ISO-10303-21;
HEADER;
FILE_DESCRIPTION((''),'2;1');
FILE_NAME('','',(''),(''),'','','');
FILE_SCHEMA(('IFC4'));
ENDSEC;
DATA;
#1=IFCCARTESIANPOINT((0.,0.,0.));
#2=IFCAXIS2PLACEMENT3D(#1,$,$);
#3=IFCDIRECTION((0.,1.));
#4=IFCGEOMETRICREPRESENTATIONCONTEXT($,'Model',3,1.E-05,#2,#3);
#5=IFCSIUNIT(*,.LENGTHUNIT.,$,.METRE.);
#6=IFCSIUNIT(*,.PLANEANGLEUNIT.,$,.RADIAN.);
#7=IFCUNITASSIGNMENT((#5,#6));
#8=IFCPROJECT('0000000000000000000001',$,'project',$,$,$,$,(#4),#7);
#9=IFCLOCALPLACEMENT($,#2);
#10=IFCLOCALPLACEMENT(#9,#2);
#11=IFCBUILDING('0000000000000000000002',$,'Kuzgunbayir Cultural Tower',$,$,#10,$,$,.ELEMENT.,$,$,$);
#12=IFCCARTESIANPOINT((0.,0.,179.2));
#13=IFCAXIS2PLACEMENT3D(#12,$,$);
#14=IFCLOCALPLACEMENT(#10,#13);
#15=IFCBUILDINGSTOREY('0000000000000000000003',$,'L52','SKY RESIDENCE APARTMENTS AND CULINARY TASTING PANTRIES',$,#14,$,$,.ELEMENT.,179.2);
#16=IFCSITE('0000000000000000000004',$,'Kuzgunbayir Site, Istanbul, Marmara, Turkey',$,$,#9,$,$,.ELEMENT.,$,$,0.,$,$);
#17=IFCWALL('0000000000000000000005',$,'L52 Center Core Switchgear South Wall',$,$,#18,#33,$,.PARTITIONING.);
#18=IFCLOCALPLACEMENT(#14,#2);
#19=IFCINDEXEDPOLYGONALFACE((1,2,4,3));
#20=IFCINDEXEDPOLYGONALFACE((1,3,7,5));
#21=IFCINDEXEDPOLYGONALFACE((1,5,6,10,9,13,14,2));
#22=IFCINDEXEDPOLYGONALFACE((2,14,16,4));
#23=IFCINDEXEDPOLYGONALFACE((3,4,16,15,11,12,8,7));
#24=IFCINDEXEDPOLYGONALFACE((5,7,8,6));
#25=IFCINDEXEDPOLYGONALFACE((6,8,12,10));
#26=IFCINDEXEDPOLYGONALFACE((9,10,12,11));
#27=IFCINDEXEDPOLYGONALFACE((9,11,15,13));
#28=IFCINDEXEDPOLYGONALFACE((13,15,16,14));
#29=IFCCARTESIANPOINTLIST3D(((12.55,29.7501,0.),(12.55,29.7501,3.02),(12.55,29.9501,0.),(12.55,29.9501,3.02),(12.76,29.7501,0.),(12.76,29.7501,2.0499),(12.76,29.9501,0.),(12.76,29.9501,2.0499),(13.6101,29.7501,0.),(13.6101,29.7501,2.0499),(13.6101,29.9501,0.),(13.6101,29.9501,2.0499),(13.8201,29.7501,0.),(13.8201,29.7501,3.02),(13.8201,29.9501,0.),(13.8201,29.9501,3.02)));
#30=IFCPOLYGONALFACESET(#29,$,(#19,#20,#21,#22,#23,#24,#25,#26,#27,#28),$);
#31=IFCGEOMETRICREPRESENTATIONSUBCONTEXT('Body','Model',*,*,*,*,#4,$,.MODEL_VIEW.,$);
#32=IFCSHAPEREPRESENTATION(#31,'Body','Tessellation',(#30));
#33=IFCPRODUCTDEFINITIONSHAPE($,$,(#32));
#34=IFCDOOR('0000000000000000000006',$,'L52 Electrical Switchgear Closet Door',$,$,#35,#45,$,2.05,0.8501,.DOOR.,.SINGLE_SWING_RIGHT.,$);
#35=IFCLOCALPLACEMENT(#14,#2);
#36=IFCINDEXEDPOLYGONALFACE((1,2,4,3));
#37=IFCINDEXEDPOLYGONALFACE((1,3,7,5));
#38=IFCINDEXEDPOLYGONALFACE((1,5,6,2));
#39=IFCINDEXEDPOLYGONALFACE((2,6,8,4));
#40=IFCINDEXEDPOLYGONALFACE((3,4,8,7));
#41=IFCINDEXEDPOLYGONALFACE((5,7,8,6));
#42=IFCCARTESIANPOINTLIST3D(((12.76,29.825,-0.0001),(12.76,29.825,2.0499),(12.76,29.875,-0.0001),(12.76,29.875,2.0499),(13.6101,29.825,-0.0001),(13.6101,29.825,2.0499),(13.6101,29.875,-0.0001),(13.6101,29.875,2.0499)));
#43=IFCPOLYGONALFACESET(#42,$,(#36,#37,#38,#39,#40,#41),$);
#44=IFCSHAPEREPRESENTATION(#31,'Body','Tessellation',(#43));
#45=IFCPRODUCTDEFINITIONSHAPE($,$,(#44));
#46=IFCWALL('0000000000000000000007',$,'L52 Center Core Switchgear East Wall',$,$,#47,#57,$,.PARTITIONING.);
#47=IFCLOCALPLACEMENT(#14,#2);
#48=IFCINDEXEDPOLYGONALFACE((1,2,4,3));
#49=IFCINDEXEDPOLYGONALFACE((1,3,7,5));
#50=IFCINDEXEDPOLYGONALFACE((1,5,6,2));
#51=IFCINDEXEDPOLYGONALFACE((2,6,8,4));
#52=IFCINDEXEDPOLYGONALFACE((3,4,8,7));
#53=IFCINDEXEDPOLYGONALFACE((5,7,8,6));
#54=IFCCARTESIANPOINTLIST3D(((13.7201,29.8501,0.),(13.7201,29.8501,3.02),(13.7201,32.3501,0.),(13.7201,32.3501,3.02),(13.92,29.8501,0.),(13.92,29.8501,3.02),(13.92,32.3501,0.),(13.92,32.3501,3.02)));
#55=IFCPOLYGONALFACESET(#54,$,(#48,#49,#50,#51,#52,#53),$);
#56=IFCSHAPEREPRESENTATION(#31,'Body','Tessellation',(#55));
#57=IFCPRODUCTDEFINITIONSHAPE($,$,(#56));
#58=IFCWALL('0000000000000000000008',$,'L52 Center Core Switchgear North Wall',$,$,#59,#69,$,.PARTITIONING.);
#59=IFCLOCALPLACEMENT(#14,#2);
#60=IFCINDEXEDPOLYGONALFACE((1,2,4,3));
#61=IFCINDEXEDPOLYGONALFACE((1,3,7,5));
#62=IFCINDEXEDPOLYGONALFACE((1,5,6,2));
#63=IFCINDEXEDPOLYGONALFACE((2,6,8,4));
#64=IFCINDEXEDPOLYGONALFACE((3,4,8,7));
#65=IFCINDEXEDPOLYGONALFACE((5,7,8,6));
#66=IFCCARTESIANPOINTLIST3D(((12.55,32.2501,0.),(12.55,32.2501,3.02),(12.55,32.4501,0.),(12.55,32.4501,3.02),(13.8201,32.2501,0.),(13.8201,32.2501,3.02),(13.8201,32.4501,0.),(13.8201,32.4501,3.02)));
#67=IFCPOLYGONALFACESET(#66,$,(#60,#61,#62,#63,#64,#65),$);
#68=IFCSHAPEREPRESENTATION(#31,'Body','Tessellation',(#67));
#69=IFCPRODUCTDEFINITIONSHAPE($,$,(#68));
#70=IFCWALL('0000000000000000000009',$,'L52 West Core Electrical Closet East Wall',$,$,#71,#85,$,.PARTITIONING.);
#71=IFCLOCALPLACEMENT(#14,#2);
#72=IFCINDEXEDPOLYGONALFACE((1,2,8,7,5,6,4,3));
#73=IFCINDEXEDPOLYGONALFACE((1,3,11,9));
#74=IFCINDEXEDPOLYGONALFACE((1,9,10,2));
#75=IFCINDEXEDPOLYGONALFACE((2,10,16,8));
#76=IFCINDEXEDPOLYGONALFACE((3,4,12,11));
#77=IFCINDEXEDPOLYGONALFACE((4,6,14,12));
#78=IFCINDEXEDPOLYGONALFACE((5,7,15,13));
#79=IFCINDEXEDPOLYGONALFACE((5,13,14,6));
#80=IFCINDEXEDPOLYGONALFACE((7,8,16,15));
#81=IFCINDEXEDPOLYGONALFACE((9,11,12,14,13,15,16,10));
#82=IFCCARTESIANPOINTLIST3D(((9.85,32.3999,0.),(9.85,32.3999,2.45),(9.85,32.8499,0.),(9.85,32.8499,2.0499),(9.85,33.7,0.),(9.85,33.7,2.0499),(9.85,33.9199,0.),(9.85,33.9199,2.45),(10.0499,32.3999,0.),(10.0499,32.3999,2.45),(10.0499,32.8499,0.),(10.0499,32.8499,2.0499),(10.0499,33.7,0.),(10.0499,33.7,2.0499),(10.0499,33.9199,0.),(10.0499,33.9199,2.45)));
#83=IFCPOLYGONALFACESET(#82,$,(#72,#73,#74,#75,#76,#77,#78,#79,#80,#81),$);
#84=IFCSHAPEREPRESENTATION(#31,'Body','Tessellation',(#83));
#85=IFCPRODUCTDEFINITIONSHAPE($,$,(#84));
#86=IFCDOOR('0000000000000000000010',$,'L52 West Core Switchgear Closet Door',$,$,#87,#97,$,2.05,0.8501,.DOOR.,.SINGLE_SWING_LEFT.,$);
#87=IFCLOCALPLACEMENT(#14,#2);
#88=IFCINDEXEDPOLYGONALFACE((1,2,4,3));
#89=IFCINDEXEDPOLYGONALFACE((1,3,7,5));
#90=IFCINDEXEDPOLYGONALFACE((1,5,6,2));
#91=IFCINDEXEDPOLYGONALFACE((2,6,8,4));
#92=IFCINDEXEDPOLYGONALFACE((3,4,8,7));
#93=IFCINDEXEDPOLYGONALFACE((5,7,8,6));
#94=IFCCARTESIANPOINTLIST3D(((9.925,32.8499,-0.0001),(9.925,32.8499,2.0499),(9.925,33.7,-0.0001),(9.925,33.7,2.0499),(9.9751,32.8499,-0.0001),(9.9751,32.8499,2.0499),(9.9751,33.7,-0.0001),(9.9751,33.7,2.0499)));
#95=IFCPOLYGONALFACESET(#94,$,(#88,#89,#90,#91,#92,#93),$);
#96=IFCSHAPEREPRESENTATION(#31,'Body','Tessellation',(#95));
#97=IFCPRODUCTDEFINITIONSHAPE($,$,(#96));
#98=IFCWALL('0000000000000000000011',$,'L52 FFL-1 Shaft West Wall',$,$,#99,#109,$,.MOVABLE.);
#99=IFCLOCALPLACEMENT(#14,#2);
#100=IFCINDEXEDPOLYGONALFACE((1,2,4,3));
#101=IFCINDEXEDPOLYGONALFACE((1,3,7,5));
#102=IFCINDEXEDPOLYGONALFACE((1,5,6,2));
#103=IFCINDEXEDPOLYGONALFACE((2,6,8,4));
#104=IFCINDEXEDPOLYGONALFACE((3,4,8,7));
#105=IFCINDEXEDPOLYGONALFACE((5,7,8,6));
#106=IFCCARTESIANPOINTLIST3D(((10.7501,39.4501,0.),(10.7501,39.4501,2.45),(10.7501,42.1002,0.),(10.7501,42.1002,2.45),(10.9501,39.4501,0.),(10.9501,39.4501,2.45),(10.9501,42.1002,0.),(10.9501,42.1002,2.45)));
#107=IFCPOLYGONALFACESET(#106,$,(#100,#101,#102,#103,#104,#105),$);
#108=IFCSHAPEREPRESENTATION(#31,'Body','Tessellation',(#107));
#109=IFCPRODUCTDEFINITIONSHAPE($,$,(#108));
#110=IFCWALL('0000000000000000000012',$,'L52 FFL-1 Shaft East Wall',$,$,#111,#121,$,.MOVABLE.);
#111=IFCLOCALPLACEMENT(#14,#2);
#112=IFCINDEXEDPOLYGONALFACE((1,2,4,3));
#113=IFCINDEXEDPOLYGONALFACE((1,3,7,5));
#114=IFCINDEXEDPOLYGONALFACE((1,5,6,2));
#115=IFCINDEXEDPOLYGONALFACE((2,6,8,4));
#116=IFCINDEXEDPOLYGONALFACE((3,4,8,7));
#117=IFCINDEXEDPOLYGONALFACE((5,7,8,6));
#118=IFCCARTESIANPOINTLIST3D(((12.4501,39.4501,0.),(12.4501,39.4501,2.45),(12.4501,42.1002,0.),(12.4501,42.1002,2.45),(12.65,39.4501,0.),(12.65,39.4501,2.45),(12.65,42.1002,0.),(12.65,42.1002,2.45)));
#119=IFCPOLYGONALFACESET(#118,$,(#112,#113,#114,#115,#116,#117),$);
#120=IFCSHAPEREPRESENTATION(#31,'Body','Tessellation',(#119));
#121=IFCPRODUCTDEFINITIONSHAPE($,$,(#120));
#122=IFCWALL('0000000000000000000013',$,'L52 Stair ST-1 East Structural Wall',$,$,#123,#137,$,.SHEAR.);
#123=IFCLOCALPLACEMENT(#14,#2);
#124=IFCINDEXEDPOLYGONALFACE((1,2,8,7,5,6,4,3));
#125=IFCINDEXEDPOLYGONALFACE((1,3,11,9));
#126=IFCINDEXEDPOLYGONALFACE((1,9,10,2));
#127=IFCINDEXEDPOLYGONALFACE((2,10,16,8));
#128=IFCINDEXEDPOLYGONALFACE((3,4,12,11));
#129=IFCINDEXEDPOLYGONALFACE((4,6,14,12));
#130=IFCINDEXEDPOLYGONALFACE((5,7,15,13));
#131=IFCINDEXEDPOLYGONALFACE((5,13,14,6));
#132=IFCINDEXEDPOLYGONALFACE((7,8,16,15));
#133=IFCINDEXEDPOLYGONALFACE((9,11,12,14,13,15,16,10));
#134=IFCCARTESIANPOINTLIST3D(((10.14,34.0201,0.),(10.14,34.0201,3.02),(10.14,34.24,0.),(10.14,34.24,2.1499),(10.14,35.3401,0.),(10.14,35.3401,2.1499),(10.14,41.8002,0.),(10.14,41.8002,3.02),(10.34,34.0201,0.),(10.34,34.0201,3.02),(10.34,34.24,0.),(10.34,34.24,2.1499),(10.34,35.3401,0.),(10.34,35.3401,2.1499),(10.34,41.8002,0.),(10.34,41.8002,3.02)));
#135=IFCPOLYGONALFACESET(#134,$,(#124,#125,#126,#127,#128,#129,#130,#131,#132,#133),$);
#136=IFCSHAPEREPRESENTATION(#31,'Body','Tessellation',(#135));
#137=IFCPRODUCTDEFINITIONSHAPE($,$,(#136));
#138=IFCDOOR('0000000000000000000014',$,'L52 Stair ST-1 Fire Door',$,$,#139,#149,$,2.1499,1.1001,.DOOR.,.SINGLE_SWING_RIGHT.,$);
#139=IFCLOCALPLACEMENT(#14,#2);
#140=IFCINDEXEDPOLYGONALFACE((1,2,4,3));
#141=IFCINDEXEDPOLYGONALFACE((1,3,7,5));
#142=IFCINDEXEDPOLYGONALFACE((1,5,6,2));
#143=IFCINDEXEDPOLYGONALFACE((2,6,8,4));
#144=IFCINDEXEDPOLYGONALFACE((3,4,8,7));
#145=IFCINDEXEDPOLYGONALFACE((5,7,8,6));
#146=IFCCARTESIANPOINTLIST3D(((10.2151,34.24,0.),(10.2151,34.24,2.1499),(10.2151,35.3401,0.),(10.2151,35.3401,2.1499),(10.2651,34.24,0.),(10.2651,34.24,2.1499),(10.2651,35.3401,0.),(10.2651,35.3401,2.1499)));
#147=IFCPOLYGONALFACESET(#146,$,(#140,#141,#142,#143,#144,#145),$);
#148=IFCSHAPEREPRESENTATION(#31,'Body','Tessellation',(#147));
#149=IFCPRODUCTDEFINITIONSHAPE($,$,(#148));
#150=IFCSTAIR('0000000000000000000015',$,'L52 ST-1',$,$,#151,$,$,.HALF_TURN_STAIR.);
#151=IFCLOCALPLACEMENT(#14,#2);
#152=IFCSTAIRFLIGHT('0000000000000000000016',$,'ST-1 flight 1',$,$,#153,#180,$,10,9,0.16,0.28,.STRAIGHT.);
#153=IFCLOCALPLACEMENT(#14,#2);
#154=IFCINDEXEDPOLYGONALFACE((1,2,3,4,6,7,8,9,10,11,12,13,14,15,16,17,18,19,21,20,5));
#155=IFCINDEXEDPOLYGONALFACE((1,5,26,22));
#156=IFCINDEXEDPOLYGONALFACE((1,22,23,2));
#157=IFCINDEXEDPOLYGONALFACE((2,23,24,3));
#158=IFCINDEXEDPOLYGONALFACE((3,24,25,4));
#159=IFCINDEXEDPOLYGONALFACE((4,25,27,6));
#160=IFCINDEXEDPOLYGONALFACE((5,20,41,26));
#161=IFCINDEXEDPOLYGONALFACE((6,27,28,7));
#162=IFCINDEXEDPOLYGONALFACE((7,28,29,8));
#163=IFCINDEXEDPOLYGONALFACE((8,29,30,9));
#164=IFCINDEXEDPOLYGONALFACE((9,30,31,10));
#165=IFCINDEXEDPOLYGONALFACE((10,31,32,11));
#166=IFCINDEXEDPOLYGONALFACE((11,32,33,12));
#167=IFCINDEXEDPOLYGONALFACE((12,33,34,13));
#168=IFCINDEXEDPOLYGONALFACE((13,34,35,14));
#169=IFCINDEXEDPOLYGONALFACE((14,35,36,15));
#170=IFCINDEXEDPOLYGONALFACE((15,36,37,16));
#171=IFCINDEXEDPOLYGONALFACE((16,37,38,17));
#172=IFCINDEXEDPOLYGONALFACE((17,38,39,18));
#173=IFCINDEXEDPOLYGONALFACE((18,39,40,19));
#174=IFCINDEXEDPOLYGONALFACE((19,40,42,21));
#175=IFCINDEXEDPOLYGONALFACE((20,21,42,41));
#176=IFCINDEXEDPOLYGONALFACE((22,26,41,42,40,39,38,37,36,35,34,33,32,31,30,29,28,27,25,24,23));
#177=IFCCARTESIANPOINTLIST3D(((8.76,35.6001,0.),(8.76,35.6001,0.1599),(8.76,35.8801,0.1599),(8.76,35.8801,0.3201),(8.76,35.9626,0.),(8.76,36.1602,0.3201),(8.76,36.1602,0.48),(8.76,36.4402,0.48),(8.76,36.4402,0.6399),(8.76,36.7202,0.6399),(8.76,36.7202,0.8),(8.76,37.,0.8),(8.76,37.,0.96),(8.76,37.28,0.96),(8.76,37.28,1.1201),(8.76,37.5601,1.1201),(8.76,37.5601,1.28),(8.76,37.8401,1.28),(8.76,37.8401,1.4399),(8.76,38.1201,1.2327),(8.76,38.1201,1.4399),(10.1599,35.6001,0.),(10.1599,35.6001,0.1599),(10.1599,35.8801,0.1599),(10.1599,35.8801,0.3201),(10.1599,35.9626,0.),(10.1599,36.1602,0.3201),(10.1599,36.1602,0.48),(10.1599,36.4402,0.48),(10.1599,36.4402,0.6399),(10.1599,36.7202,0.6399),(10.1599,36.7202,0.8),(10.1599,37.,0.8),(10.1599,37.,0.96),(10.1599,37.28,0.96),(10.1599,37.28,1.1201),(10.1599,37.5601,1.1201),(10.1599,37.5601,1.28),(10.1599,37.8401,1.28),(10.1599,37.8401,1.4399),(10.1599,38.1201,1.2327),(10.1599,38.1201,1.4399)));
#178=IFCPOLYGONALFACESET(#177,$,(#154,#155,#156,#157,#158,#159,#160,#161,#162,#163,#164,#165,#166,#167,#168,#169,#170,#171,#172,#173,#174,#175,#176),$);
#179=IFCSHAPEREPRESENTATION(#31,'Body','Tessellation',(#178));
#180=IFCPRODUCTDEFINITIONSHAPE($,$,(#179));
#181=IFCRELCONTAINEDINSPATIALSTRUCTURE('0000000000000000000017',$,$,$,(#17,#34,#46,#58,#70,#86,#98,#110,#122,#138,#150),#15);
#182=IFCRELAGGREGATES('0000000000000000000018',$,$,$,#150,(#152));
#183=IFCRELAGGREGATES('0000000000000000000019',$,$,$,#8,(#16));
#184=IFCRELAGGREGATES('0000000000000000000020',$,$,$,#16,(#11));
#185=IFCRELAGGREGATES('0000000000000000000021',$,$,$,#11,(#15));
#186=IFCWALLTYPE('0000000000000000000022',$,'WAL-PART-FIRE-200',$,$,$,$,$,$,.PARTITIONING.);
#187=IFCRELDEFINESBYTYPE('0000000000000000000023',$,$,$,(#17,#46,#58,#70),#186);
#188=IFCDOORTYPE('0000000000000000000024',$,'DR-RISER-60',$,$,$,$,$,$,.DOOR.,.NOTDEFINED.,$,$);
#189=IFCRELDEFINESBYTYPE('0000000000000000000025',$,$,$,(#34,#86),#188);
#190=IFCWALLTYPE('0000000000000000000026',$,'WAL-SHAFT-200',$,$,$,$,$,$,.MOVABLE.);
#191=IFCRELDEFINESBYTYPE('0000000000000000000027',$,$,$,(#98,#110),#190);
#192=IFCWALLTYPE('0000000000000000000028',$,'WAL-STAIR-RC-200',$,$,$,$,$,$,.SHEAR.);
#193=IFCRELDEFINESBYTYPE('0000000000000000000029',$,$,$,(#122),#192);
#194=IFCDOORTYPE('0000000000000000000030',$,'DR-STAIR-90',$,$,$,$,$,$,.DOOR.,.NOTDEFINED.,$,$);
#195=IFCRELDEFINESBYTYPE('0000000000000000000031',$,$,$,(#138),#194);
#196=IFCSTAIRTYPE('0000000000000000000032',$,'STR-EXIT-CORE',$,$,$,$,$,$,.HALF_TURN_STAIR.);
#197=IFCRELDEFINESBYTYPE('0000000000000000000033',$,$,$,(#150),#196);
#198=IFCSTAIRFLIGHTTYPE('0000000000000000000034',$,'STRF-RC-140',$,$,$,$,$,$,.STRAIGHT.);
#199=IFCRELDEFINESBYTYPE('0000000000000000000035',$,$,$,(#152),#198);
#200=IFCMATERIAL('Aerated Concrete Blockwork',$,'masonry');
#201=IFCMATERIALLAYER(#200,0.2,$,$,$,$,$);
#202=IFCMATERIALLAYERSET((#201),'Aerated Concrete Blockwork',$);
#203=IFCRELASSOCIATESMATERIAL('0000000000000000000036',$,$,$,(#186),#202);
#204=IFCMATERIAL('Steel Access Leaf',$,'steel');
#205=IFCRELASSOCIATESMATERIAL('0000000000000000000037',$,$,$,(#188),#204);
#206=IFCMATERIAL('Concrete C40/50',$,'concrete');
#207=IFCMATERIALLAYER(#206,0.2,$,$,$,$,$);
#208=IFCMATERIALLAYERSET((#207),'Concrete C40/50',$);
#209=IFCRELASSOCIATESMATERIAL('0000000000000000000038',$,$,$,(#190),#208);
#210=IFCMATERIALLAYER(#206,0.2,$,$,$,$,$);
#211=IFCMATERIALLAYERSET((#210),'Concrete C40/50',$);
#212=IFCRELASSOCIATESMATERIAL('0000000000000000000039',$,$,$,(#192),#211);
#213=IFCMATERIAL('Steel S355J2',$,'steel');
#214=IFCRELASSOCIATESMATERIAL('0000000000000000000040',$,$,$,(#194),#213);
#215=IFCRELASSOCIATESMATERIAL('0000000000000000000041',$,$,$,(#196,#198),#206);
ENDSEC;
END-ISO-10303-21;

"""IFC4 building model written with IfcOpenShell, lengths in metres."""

from ifc_helpers import new_model, si_unit, direction, frame, frame_2d, origin, place, context, subcontext, project, spatial, polyline, rectangle, outline, extrude, material, layer, layer_set, type_object, element, fill, aggregate, save


model = new_model("IFC4")

# Units and contexts
model_context = context("Model", 3, precision=1e-05, world=origin(), true_north=direction((0.0, 1.0)))
body_context = subcontext(model_context, "Body", "Model", "MODEL_VIEW")
ifc_project = project(units=[si_unit("LENGTHUNIT", "METRE"), si_unit("PLANEANGLEUNIT", "RADIAN")], contexts=[model_context])

# Site, building, storey
site_placement = place(None, origin())
site = spatial("IfcSite", under=ifc_project, at=site_placement, Name="Kuzgunbayir Site, Istanbul, Marmara, Turkey", CompositionType="ELEMENT", RefElevation=0.0)
building_placement = place(site_placement, origin())
building = spatial("IfcBuilding", under=site, at=building_placement, Name="Kuzgunbayir Cultural Tower", CompositionType="ELEMENT")
storey_placement = place(building_placement, frame((0.0, 0.0, 179.2)))
storey = spatial("IfcBuildingStorey", under=building, at=storey_placement, Name="L52", Description="SKY RESIDENCE APARTMENTS AND CULINARY TASTING PANTRIES", CompositionType="ELEMENT", Elevation=179.2)

# Shared definitions
ifc_material_1 = material(Name="Steel S355J2", Category="steel")

# Shared definitions
ifc_material_2 = material(Name="Aerated Concrete Blockwork", Category="masonry")
ifc_layer_1 = layer(ifc_material_2, 0.2)
ifc_layer_set_1 = layer_set([ifc_layer_1], Name="Aerated Concrete Blockwork")
wall_type_1 = type_object("IfcWallType", Name="WAL-PART-FIRE-200", PredefinedType="PARTITIONING", material=ifc_layer_set_1)

# Wall, opening, door
wall_1_placement = place(storey_placement, frame((12.55, 29.8501, 0.0), z_axis=(0.0, 0.0, 1.0), x_axis=(1.0, 0.0, 0.0)))
wall_1 = element("IfcWall", 1, at=wall_1_placement, inside=storey, type_object=wall_type_1, Name="L52 Center Core Switchgear South Wall", PredefinedType="PARTITIONING", context=body_context, shape_type="SweptSolid", body=[
    extrude(rectangle(XDim=1.27, YDim=0.2, at=frame_2d((0.635, 0.0))), origin(), (0.0, 0.0, 1.0), 3.02),
])
opening_1_placement = place(wall_1_placement, frame((0.21, 0.0, 0.0)))
opening_1 = element("IfcOpeningElement", 2, at=opening_1_placement, cuts=wall_1, PredefinedType="OPENING", context=body_context, shape_type="SweptSolid", body=[
    extrude(rectangle(XDim=0.8501, YDim=2.05, at=frame_2d((0.425, 1.0249))), frame((0.0, 0.1099, 0.0), z_axis=(0.0, -1.0, 0.0), x_axis=(1.0, 0.0, 0.0)), (0.0, 0.0, 1.0), 0.22),
])
ifc_material_3 = material(Name="Steel Access Leaf", Category="steel")
door_type_1 = type_object("IfcDoorType", Name="DR-RISER-60", OperationType="NOTDEFINED", PredefinedType="DOOR", material=ifc_material_3)
door_1_placement = place(opening_1_placement, origin())
door_1 = element("IfcDoor", 3, at=door_1_placement, inside=storey, type_object=door_type_1, Name="L52 Electrical Switchgear Closet Door", OperationType="SINGLE_SWING_RIGHT", OverallHeight=2.05, OverallWidth=0.8501, PredefinedType="DOOR", context=body_context, shape_type="SweptSolid", body=[
    extrude(rectangle(XDim=0.8501, YDim=2.05, at=frame_2d((0.425, 1.0249))), frame((0.0, 0.0249, 0.0), z_axis=(0.0, -1.0, 0.0), x_axis=(1.0, 0.0, 0.0)), (0.0, 0.0, 1.0), 0.05),
])
fill(opening_1, door_1)

# Walls
wall_2_placement = place(storey_placement, frame((13.8201, 29.8501, 0.0), z_axis=(0.0, 0.0, 1.0), x_axis=(0.0, 1.0, 0.0)))
element("IfcWall", 4, at=wall_2_placement, inside=storey, type_object=wall_type_1, Name="L52 Center Core Switchgear East Wall", PredefinedType="PARTITIONING", context=body_context, shape_type="SweptSolid", body=[
    extrude(rectangle(XDim=2.5, YDim=0.2, at=frame_2d((1.25, 0.0))), origin(), (0.0, 0.0, 1.0), 3.02),
])
wall_3_placement = place(storey_placement, frame((12.55, 32.3501, 0.0), z_axis=(0.0, 0.0, 1.0), x_axis=(1.0, 0.0, 0.0)))
element("IfcWall", 5, at=wall_3_placement, inside=storey, type_object=wall_type_1, Name="L52 Center Core Switchgear North Wall", PredefinedType="PARTITIONING", context=body_context, shape_type="SweptSolid", body=[
    extrude(rectangle(XDim=1.27, YDim=0.2, at=frame_2d((0.635, 0.0))), origin(), (0.0, 0.0, 1.0), 3.02),
])

# Wall, opening, door
wall_4_placement = place(storey_placement, frame((9.95, 32.3999, 0.0), z_axis=(0.0, 0.0, 1.0), x_axis=(0.0, 1.0, 0.0)))
wall_4 = element("IfcWall", 6, at=wall_4_placement, inside=storey, type_object=wall_type_1, Name="L52 West Core Electrical Closet East Wall", PredefinedType="PARTITIONING", context=body_context, shape_type="SweptSolid", body=[
    extrude(rectangle(XDim=1.52, YDim=0.2, at=frame_2d((0.76, 0.0))), origin(), (0.0, 0.0, 1.0), 2.45),
])
opening_2_placement = place(wall_4_placement, frame((0.45, 0.0, 0.0)))
opening_2 = element("IfcOpeningElement", 7, at=opening_2_placement, cuts=wall_4, PredefinedType="OPENING", context=body_context, shape_type="SweptSolid", body=[
    extrude(rectangle(XDim=0.8501, YDim=2.05, at=frame_2d((0.425, 1.0249))), frame((0.0, 0.1099, 0.0), z_axis=(0.0, -1.0, 0.0), x_axis=(1.0, 0.0, 0.0)), (0.0, 0.0, 1.0), 0.22),
])
door_2_placement = place(opening_2_placement, origin())
door_2 = element("IfcDoor", 8, at=door_2_placement, inside=storey, type_object=door_type_1, Name="L52 West Core Switchgear Closet Door", OperationType="SINGLE_SWING_LEFT", OverallHeight=2.05, OverallWidth=0.8501, PredefinedType="DOOR", context=body_context, shape_type="SweptSolid", body=[
    extrude(rectangle(XDim=0.8501, YDim=2.05, at=frame_2d((0.425, 1.0249))), frame((0.0, 0.0249, 0.0), z_axis=(0.0, -1.0, 0.0), x_axis=(1.0, 0.0, 0.0)), (0.0, 0.0, 1.0), 0.05),
])
fill(opening_2, door_2)
ifc_material_4 = material(Name="Concrete C40/50", Category="concrete")
ifc_layer_2 = layer(ifc_material_4, 0.2)
ifc_layer_set_2 = layer_set([ifc_layer_2], Name="Concrete C40/50")
wall_type_2 = type_object("IfcWallType", Name="WAL-SHAFT-200", PredefinedType="MOVABLE", material=ifc_layer_set_2)

# Walls
for number, where, z_axis, x_axis, name in (
    (9, (10.8501, 39.45, 0.0), (0.0, 0.0, 1.0), (0.0, 1.0, 0.0), "L52 FFL-1 Shaft West Wall"),
    (10, (12.55, 39.45, 0.0), (0.0, 0.0, 1.0), (0.0, 1.0, 0.0), "L52 FFL-1 Shaft East Wall"),
):
    element("IfcWall", number, at=place(storey_placement, frame(where, z_axis=z_axis, x_axis=x_axis)), inside=storey, type_object=wall_type_2, Name=name, PredefinedType="MOVABLE", context=body_context, shape_type="SweptSolid", body=[
        extrude(rectangle(XDim=2.6501, YDim=0.2, at=frame_2d((1.3252, 0.0))), origin(), (0.0, 0.0, 1.0), 2.45),
    ])

# Wall, opening, door
ifc_layer_3 = layer(ifc_material_4, 0.2)
ifc_layer_set_3 = layer_set([ifc_layer_3], Name="Concrete C40/50")
wall_type_3 = type_object("IfcWallType", Name="WAL-STAIR-RC-200", PredefinedType="SHEAR", material=ifc_layer_set_3)
wall_5_placement = place(storey_placement, frame((10.24, 34.02, 0.0), z_axis=(0.0, 0.0, 1.0), x_axis=(0.0, 1.0, 0.0)))
wall_5 = element("IfcWall", 11, at=wall_5_placement, inside=storey, type_object=wall_type_3, Name="L52 Stair ST-1 East Structural Wall", PredefinedType="SHEAR", context=body_context, shape_type="SweptSolid", body=[
    extrude(rectangle(XDim=7.78, YDim=0.2, at=frame_2d((3.8901, 0.0))), origin(), (0.0, 0.0, 1.0), 3.02),
])
opening_3_placement = place(wall_5_placement, frame((0.22, 0.0, 0.0)))
opening_3 = element("IfcOpeningElement", 12, at=opening_3_placement, cuts=wall_5, PredefinedType="OPENING", context=body_context, shape_type="SweptSolid", body=[
    extrude(rectangle(XDim=1.1001, YDim=2.1499, at=frame_2d((0.55, 1.075))), frame((0.0, 0.1099, 0.0), z_axis=(0.0, -1.0, 0.0), x_axis=(1.0, 0.0, 0.0)), (0.0, 0.0, 1.0), 0.22),
])
door_type_2 = type_object("IfcDoorType", Name="DR-STAIR-90", OperationType="NOTDEFINED", PredefinedType="DOOR", material=ifc_material_1)
door_3_placement = place(opening_3_placement, origin())
door_3 = element("IfcDoor", 13, at=door_3_placement, inside=storey, type_object=door_type_2, Name="L52 Stair ST-1 Fire Door", OperationType="SINGLE_SWING_RIGHT", OverallHeight=2.1499, OverallWidth=1.1001, PredefinedType="DOOR", context=body_context, shape_type="SweptSolid", body=[
    extrude(rectangle(XDim=1.1001, YDim=2.1499, at=frame_2d((0.55, 1.075))), frame((0.0, 0.0249, 0.0), z_axis=(0.0, -1.0, 0.0), x_axis=(1.0, 0.0, 0.0)), (0.0, 0.0, 1.0), 0.05),
])
fill(opening_3, door_3)

# Stair, stair flight
stair_type = type_object("IfcStairType", Name="STR-EXIT-CORE", PredefinedType="HALF_TURN_STAIR", material=ifc_material_4)
stair_placement = place(storey_placement, origin())
stair = element("IfcStair", 14, at=stair_placement, inside=storey, type_object=stair_type, Name="L52 ST-1", PredefinedType="HALF_TURN_STAIR")
stair_flight_type = type_object("IfcStairFlightType", Name="STRF-RC-140", PredefinedType="STRAIGHT", material=ifc_material_4)
stair_flight_placement = place(storey_placement, frame((9.46, 35.6001, 0.0), z_axis=(0.0, 0.0, 1.0), x_axis=(0.0, 1.0, 0.0)))
stair_flight = element("IfcStairFlight", 15, at=stair_flight_placement, type_object=stair_flight_type, Name="ST-1 flight 1", NumberOfRisers=10, NumberOfTreads=9, PredefinedType="STRAIGHT", RiserHeight=0.16, TreadLength=0.28, context=body_context, shape_type="SweptSolid", body=[
    extrude(outline(polyline([(0.0, 0.0), (0.0, 0.1599), (0.28, 0.1599), (0.28, 0.3201), (0.5601, 0.3201), (0.5601, 0.48), (0.8401, 0.48), (0.8401, 0.6399), (1.1201, 0.6399), (1.1201, 0.8), (1.3999, 0.8), (1.3999, 0.96), (1.6799, 0.96), (1.6799, 1.1201), (1.96, 1.1201), (1.96, 1.28), (2.24, 1.28), (2.24, 1.4399), (2.52, 1.4399), (2.52, 1.6001), (2.52, 1.2327), (0.3625, 0.0), (0.0, 0.0)])), frame((0.0, 0.7, 0.0), z_axis=(0.0, -1.0, 0.0), x_axis=(1.0, 0.0, 0.0)), (0.0, 0.0, 1.0), 1.3999),
])
aggregate(stair, [stair_flight])

save(model, "model.ifc")
